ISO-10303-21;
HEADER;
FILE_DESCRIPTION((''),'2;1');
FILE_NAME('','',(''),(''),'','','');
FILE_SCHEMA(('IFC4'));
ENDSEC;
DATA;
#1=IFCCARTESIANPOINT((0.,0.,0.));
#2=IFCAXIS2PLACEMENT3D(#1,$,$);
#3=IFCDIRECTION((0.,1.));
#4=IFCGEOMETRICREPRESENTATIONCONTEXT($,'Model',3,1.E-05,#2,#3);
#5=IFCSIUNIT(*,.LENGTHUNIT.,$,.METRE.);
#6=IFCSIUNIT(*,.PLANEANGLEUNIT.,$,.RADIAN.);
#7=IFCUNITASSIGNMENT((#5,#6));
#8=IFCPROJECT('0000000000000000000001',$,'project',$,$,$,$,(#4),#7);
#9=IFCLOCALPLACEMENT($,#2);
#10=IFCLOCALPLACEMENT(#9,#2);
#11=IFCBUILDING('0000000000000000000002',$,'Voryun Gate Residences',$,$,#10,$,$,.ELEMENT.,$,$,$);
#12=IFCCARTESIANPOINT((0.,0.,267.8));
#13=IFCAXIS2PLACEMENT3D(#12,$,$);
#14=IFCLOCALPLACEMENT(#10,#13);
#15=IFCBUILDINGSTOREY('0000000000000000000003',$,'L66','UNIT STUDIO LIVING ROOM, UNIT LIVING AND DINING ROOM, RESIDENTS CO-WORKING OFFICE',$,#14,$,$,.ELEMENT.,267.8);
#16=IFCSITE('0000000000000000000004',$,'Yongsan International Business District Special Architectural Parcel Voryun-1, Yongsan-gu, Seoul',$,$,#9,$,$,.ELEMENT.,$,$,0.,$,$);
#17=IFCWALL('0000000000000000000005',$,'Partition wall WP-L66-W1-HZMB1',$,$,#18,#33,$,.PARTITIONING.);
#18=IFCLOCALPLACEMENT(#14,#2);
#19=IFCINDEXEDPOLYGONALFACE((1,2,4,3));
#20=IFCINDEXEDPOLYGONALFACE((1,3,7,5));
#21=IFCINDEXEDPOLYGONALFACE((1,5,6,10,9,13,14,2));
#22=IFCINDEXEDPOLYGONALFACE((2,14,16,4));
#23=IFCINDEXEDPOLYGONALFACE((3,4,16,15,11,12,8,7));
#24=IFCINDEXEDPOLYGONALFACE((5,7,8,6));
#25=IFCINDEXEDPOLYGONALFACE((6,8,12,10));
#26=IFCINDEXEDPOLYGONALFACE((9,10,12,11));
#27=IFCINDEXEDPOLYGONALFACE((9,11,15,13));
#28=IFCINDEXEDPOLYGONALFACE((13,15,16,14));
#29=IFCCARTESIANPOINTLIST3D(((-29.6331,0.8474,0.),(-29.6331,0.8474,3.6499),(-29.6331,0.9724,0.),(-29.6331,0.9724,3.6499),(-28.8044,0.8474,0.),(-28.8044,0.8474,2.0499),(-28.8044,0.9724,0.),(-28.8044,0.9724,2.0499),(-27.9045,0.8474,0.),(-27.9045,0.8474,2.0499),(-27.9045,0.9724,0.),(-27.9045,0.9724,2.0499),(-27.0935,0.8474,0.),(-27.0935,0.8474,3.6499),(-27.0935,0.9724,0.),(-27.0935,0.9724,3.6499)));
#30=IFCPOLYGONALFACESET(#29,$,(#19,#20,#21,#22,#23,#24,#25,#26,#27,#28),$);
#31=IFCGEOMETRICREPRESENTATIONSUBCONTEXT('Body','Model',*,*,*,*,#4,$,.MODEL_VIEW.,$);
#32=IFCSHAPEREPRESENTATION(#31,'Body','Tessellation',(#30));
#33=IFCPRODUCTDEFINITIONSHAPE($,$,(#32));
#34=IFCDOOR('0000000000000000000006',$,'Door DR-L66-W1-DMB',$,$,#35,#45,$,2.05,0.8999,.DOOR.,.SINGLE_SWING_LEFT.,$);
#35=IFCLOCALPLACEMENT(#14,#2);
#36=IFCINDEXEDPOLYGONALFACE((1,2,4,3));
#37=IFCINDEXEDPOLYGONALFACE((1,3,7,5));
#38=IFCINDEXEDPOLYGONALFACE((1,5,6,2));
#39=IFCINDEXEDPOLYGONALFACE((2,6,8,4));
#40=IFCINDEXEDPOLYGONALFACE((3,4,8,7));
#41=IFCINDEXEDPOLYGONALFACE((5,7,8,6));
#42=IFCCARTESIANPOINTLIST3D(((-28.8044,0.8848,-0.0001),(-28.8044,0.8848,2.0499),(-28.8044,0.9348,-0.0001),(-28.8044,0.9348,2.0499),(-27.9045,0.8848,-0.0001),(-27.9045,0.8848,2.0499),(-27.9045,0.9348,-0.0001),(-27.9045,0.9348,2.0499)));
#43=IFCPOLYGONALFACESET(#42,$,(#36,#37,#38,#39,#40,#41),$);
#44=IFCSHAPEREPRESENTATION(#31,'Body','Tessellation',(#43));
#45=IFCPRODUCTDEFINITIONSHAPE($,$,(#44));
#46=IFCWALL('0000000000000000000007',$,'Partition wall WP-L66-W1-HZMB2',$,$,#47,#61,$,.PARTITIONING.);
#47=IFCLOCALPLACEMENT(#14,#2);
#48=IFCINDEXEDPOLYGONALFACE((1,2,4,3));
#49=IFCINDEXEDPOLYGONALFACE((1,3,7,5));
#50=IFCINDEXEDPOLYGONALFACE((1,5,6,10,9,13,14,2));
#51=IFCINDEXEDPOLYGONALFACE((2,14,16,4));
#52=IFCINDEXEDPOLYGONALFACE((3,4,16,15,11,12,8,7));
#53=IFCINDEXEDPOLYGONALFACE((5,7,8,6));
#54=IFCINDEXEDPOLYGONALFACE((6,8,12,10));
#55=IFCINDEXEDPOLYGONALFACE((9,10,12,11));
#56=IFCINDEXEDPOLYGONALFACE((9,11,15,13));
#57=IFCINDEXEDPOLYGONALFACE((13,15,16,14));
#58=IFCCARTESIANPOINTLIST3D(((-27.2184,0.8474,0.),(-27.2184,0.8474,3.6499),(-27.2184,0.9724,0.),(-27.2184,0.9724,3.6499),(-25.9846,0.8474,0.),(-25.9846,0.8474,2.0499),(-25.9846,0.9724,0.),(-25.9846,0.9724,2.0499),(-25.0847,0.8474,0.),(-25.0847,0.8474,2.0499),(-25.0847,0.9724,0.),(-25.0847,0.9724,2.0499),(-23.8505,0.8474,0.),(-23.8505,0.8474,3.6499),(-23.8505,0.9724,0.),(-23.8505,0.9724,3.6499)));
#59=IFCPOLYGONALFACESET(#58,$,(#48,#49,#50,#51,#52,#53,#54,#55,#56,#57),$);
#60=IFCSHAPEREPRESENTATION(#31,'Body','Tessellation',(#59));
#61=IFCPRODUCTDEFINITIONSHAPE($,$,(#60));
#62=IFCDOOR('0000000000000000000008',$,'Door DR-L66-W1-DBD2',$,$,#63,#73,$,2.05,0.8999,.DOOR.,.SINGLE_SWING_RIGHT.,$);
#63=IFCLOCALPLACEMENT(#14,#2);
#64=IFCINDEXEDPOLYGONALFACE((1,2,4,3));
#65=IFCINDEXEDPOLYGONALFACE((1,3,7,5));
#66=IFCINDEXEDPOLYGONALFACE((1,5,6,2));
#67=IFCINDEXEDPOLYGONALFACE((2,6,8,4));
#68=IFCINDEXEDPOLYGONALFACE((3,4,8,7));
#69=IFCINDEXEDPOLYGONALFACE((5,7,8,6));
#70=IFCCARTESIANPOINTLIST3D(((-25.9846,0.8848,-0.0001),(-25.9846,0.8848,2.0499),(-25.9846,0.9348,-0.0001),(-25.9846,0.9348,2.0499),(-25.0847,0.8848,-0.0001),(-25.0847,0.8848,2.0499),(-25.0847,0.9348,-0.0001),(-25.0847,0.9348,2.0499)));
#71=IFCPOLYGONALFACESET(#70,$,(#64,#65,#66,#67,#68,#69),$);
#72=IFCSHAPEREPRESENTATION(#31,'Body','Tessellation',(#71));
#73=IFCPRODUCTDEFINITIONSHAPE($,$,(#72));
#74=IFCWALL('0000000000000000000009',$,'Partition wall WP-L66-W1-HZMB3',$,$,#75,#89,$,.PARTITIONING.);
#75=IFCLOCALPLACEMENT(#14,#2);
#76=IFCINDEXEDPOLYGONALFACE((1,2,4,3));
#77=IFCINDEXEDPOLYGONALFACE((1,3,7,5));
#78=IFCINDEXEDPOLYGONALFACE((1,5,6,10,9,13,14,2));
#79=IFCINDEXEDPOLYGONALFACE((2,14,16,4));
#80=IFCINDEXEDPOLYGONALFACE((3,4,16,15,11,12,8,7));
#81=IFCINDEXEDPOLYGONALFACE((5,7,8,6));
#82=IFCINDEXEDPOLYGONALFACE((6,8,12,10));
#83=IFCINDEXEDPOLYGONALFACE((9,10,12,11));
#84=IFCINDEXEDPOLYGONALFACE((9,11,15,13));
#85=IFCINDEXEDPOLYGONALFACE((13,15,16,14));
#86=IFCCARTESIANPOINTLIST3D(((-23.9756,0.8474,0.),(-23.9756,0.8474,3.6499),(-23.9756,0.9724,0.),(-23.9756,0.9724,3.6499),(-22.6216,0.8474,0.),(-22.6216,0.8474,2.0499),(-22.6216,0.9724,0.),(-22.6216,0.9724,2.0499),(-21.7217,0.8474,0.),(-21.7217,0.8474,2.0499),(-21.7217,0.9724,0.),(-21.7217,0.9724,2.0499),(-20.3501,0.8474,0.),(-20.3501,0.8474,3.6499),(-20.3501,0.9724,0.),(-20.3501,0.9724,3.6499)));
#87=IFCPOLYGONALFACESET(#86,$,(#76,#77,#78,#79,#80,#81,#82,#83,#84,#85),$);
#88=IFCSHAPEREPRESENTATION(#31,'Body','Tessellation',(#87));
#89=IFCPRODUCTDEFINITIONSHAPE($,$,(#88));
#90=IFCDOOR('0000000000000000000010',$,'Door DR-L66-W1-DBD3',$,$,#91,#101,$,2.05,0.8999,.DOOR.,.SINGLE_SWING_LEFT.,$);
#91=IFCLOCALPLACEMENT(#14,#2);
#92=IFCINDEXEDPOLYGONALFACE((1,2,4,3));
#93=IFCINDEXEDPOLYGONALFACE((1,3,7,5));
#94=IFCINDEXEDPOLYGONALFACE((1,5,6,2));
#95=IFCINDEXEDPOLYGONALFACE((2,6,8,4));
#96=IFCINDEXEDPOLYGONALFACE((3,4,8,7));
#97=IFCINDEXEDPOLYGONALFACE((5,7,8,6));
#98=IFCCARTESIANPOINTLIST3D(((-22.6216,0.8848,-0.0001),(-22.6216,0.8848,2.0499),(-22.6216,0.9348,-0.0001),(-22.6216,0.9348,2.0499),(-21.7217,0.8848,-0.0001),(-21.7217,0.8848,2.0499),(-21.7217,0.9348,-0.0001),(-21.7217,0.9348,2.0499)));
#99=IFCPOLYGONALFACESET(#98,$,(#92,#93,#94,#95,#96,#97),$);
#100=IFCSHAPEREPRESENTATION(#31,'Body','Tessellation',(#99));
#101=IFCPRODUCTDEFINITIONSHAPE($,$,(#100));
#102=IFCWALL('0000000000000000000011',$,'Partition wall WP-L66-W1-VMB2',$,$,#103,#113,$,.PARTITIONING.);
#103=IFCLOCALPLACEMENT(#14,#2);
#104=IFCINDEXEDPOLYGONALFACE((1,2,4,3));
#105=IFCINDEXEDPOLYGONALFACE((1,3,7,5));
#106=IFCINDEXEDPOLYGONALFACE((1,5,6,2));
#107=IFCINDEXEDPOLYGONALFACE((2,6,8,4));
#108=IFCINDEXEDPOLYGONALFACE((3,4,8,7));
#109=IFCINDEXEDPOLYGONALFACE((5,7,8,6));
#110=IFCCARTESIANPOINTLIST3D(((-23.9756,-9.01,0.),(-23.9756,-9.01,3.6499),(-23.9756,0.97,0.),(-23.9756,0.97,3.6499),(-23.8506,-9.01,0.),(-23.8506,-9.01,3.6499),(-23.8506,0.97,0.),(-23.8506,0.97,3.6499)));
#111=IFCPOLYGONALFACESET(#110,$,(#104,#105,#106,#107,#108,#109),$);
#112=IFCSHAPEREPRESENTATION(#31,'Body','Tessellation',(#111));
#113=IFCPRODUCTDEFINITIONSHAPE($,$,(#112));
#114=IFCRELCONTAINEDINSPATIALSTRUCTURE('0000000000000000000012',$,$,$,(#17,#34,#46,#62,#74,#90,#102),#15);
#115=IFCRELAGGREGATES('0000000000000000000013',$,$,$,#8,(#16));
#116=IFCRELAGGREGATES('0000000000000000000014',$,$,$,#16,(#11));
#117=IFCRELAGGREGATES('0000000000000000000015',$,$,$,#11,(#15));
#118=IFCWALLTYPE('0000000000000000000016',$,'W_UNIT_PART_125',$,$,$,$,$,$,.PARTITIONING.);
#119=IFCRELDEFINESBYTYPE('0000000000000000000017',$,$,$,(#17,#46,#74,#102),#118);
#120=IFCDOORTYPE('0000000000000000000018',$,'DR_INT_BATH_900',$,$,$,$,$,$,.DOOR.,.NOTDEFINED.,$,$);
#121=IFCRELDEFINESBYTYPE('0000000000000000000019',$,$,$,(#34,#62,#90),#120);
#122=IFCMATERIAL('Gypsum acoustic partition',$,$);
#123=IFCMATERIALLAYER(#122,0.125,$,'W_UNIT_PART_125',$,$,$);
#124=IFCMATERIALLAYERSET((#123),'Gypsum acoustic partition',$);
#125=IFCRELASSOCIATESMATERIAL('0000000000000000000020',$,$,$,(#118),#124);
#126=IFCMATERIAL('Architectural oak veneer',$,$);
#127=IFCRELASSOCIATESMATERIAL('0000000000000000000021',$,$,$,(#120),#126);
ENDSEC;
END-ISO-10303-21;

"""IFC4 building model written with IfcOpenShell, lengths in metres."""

from ifc_helpers import new_model, si_unit, direction, frame, frame_2d, origin, place, context, subcontext, project, spatial, rectangle, extrude, material, layer, layer_set, type_object, element, fill, save


model = new_model("IFC4")

# Units and contexts
model_context = context("Model", 3, precision=1e-05, world=origin(), true_north=direction((0.0, 1.0)))
body_context = subcontext(model_context, "Body", "Model", "MODEL_VIEW")
ifc_project = project(units=[si_unit("LENGTHUNIT", "METRE"), si_unit("PLANEANGLEUNIT", "RADIAN")], contexts=[model_context])

# Site, building, storey
site_placement = place(None, origin())
site = spatial("IfcSite", under=ifc_project, at=site_placement, Name="Yongsan International Business District Special Architectural Parcel Voryun-1, Yongsan-gu, Seoul", CompositionType="ELEMENT", RefElevation=0.0)
building_placement = place(site_placement, origin())
building = spatial("IfcBuilding", under=site, at=building_placement, Name="Voryun Gate Residences", CompositionType="ELEMENT")
storey_placement = place(building_placement, frame((0.0, 0.0, 267.8)))
storey = spatial("IfcBuildingStorey", under=building, at=storey_placement, Name="L66", Description="UNIT STUDIO LIVING ROOM, UNIT LIVING AND DINING ROOM, RESIDENTS CO-WORKING OFFICE", CompositionType="ELEMENT", Elevation=267.8)

# Walls, openings, doors
ifc_material_1 = material(Name="Gypsum acoustic partition")
ifc_layer_1 = layer(ifc_material_1, 0.125, Name="W_UNIT_PART_125")
ifc_layer_set_1 = layer_set([ifc_layer_1], Name="Gypsum acoustic partition")
wall_type_1 = type_object("IfcWallType", Name="W_UNIT_PART_125", PredefinedType="PARTITIONING", material=ifc_layer_set_1)
wall_1_placement = place(storey_placement, frame((-29.6331, 0.9099, 0.0), z_axis=(0.0, 0.0, 1.0), x_axis=(1.0, 0.0, 0.0)))
wall_1 = element("IfcWall", 1, at=wall_1_placement, inside=storey, type_object=wall_type_1, Name="Partition wall WP-L66-W1-HZMB1", PredefinedType="PARTITIONING", context=body_context, shape_type="SweptSolid", body=[
    extrude(rectangle(XDim=2.5396, YDim=0.125, at=frame_2d((1.2698, 0.0))), origin(), (0.0, 0.0, 1.0), 3.6499),
])
opening_1_placement = place(wall_1_placement, frame((0.8286, 0.0, 0.0)))
opening_1 = element("IfcOpeningElement", 2, at=opening_1_placement, cuts=wall_1, PredefinedType="OPENING", context=body_context, shape_type="SweptSolid", body=[
    extrude(rectangle(XDim=0.8999, YDim=2.05, at=frame_2d((0.45, 1.0249))), frame((0.0, 0.0725, 0.0), z_axis=(0.0, -1.0, 0.0), x_axis=(1.0, 0.0, 0.0)), (0.0, 0.0, 1.0), 0.145),
])
ifc_material_2 = material(Name="Architectural oak veneer")
door_type_1 = type_object("IfcDoorType", Name="DR_INT_BATH_900", OperationType="NOTDEFINED", PredefinedType="DOOR", material=ifc_material_2)
door_1_placement = place(opening_1_placement, origin())
door_1 = element("IfcDoor", 3, at=door_1_placement, inside=storey, type_object=door_type_1, Name="Door DR-L66-W1-DMB", OperationType="SINGLE_SWING_LEFT", OverallHeight=2.05, OverallWidth=0.8999, PredefinedType="DOOR", context=body_context, shape_type="SweptSolid", body=[
    extrude(rectangle(XDim=0.8999, YDim=2.05, at=frame_2d((0.45, 1.0249))), frame((0.0, 0.0249, 0.0), z_axis=(0.0, -1.0, 0.0), x_axis=(1.0, 0.0, 0.0)), (0.0, 0.0, 1.0), 0.05),
])
fill(opening_1, door_1)
wall_2_placement = place(storey_placement, frame((-27.2185, 0.9099, 0.0), z_axis=(0.0, 0.0, 1.0), x_axis=(1.0, 0.0, 0.0)))
wall_2 = element("IfcWall", 4, at=wall_2_placement, inside=storey, type_object=wall_type_1, Name="Partition wall WP-L66-W1-HZMB2", PredefinedType="PARTITIONING", context=body_context, shape_type="SweptSolid", body=[
    extrude(rectangle(XDim=3.3679, YDim=0.125, at=frame_2d((1.6841, 0.0))), origin(), (0.0, 0.0, 1.0), 3.6499),
])
opening_2_placement = place(wall_2_placement, frame((1.2339, 0.0, 0.0)))
opening_2 = element("IfcOpeningElement", 5, at=opening_2_placement, cuts=wall_2, PredefinedType="OPENING", context=body_context, shape_type="SweptSolid", body=[
    extrude(rectangle(XDim=0.8999, YDim=2.05, at=frame_2d((0.45, 1.0249))), frame((0.0, 0.0725, 0.0), z_axis=(0.0, -1.0, 0.0), x_axis=(1.0, 0.0, 0.0)), (0.0, 0.0, 1.0), 0.145),
])
door_2_placement = place(opening_2_placement, origin())
door_2 = element("IfcDoor", 6, at=door_2_placement, inside=storey, type_object=door_type_1, Name="Door DR-L66-W1-DBD2", OperationType="SINGLE_SWING_RIGHT", OverallHeight=2.05, OverallWidth=0.8999, PredefinedType="DOOR", context=body_context, shape_type="SweptSolid", body=[
    extrude(rectangle(XDim=0.8999, YDim=2.05, at=frame_2d((0.45, 1.0249))), frame((0.0, 0.0249, 0.0), z_axis=(0.0, -1.0, 0.0), x_axis=(1.0, 0.0, 0.0)), (0.0, 0.0, 1.0), 0.05),
])
fill(opening_2, door_2)
wall_3_placement = place(storey_placement, frame((-23.9756, 0.9099, 0.0), z_axis=(0.0, 0.0, 1.0), x_axis=(1.0, 0.0, 0.0)))
wall_3 = element("IfcWall", 7, at=wall_3_placement, inside=storey, type_object=wall_type_1, Name="Partition wall WP-L66-W1-HZMB3", PredefinedType="PARTITIONING", context=body_context, shape_type="SweptSolid", body=[
    extrude(rectangle(XDim=3.6255, YDim=0.125, at=frame_2d((1.8127, 0.0))), origin(), (0.0, 0.0, 1.0), 3.6499),
])
opening_3_placement = place(wall_3_placement, frame((1.354, 0.0, 0.0)))
opening_3 = element("IfcOpeningElement", 8, at=opening_3_placement, cuts=wall_3, PredefinedType="OPENING", context=body_context, shape_type="SweptSolid", body=[
    extrude(rectangle(XDim=0.8999, YDim=2.05, at=frame_2d((0.45, 1.0249))), frame((0.0, 0.0725, 0.0), z_axis=(0.0, -1.0, 0.0), x_axis=(1.0, 0.0, 0.0)), (0.0, 0.0, 1.0), 0.145),
])
door_3_placement = place(opening_3_placement, origin())
door_3 = element("IfcDoor", 9, at=door_3_placement, inside=storey, type_object=door_type_1, Name="Door DR-L66-W1-DBD3", OperationType="SINGLE_SWING_LEFT", OverallHeight=2.05, OverallWidth=0.8999, PredefinedType="DOOR", context=body_context, shape_type="SweptSolid", body=[
    extrude(rectangle(XDim=0.8999, YDim=2.05, at=frame_2d((0.45, 1.0249))), frame((0.0, 0.0249, 0.0), z_axis=(0.0, -1.0, 0.0), x_axis=(1.0, 0.0, 0.0)), (0.0, 0.0, 1.0), 0.05),
])
fill(opening_3, door_3)

# Wall
wall_4_placement = place(storey_placement, frame((-23.9131, -9.01, 0.0), z_axis=(0.0, 0.0, 1.0), x_axis=(0.0, 1.0, 0.0)))
element("IfcWall", 10, at=wall_4_placement, inside=storey, type_object=wall_type_1, Name="Partition wall WP-L66-W1-VMB2", PredefinedType="PARTITIONING", context=body_context, shape_type="SweptSolid", body=[
    extrude(rectangle(XDim=9.98, YDim=0.125, at=frame_2d((4.99, 0.0))), origin(), (0.0, 0.0, 1.0), 3.6499),
])

save(model, "model.ifc")
